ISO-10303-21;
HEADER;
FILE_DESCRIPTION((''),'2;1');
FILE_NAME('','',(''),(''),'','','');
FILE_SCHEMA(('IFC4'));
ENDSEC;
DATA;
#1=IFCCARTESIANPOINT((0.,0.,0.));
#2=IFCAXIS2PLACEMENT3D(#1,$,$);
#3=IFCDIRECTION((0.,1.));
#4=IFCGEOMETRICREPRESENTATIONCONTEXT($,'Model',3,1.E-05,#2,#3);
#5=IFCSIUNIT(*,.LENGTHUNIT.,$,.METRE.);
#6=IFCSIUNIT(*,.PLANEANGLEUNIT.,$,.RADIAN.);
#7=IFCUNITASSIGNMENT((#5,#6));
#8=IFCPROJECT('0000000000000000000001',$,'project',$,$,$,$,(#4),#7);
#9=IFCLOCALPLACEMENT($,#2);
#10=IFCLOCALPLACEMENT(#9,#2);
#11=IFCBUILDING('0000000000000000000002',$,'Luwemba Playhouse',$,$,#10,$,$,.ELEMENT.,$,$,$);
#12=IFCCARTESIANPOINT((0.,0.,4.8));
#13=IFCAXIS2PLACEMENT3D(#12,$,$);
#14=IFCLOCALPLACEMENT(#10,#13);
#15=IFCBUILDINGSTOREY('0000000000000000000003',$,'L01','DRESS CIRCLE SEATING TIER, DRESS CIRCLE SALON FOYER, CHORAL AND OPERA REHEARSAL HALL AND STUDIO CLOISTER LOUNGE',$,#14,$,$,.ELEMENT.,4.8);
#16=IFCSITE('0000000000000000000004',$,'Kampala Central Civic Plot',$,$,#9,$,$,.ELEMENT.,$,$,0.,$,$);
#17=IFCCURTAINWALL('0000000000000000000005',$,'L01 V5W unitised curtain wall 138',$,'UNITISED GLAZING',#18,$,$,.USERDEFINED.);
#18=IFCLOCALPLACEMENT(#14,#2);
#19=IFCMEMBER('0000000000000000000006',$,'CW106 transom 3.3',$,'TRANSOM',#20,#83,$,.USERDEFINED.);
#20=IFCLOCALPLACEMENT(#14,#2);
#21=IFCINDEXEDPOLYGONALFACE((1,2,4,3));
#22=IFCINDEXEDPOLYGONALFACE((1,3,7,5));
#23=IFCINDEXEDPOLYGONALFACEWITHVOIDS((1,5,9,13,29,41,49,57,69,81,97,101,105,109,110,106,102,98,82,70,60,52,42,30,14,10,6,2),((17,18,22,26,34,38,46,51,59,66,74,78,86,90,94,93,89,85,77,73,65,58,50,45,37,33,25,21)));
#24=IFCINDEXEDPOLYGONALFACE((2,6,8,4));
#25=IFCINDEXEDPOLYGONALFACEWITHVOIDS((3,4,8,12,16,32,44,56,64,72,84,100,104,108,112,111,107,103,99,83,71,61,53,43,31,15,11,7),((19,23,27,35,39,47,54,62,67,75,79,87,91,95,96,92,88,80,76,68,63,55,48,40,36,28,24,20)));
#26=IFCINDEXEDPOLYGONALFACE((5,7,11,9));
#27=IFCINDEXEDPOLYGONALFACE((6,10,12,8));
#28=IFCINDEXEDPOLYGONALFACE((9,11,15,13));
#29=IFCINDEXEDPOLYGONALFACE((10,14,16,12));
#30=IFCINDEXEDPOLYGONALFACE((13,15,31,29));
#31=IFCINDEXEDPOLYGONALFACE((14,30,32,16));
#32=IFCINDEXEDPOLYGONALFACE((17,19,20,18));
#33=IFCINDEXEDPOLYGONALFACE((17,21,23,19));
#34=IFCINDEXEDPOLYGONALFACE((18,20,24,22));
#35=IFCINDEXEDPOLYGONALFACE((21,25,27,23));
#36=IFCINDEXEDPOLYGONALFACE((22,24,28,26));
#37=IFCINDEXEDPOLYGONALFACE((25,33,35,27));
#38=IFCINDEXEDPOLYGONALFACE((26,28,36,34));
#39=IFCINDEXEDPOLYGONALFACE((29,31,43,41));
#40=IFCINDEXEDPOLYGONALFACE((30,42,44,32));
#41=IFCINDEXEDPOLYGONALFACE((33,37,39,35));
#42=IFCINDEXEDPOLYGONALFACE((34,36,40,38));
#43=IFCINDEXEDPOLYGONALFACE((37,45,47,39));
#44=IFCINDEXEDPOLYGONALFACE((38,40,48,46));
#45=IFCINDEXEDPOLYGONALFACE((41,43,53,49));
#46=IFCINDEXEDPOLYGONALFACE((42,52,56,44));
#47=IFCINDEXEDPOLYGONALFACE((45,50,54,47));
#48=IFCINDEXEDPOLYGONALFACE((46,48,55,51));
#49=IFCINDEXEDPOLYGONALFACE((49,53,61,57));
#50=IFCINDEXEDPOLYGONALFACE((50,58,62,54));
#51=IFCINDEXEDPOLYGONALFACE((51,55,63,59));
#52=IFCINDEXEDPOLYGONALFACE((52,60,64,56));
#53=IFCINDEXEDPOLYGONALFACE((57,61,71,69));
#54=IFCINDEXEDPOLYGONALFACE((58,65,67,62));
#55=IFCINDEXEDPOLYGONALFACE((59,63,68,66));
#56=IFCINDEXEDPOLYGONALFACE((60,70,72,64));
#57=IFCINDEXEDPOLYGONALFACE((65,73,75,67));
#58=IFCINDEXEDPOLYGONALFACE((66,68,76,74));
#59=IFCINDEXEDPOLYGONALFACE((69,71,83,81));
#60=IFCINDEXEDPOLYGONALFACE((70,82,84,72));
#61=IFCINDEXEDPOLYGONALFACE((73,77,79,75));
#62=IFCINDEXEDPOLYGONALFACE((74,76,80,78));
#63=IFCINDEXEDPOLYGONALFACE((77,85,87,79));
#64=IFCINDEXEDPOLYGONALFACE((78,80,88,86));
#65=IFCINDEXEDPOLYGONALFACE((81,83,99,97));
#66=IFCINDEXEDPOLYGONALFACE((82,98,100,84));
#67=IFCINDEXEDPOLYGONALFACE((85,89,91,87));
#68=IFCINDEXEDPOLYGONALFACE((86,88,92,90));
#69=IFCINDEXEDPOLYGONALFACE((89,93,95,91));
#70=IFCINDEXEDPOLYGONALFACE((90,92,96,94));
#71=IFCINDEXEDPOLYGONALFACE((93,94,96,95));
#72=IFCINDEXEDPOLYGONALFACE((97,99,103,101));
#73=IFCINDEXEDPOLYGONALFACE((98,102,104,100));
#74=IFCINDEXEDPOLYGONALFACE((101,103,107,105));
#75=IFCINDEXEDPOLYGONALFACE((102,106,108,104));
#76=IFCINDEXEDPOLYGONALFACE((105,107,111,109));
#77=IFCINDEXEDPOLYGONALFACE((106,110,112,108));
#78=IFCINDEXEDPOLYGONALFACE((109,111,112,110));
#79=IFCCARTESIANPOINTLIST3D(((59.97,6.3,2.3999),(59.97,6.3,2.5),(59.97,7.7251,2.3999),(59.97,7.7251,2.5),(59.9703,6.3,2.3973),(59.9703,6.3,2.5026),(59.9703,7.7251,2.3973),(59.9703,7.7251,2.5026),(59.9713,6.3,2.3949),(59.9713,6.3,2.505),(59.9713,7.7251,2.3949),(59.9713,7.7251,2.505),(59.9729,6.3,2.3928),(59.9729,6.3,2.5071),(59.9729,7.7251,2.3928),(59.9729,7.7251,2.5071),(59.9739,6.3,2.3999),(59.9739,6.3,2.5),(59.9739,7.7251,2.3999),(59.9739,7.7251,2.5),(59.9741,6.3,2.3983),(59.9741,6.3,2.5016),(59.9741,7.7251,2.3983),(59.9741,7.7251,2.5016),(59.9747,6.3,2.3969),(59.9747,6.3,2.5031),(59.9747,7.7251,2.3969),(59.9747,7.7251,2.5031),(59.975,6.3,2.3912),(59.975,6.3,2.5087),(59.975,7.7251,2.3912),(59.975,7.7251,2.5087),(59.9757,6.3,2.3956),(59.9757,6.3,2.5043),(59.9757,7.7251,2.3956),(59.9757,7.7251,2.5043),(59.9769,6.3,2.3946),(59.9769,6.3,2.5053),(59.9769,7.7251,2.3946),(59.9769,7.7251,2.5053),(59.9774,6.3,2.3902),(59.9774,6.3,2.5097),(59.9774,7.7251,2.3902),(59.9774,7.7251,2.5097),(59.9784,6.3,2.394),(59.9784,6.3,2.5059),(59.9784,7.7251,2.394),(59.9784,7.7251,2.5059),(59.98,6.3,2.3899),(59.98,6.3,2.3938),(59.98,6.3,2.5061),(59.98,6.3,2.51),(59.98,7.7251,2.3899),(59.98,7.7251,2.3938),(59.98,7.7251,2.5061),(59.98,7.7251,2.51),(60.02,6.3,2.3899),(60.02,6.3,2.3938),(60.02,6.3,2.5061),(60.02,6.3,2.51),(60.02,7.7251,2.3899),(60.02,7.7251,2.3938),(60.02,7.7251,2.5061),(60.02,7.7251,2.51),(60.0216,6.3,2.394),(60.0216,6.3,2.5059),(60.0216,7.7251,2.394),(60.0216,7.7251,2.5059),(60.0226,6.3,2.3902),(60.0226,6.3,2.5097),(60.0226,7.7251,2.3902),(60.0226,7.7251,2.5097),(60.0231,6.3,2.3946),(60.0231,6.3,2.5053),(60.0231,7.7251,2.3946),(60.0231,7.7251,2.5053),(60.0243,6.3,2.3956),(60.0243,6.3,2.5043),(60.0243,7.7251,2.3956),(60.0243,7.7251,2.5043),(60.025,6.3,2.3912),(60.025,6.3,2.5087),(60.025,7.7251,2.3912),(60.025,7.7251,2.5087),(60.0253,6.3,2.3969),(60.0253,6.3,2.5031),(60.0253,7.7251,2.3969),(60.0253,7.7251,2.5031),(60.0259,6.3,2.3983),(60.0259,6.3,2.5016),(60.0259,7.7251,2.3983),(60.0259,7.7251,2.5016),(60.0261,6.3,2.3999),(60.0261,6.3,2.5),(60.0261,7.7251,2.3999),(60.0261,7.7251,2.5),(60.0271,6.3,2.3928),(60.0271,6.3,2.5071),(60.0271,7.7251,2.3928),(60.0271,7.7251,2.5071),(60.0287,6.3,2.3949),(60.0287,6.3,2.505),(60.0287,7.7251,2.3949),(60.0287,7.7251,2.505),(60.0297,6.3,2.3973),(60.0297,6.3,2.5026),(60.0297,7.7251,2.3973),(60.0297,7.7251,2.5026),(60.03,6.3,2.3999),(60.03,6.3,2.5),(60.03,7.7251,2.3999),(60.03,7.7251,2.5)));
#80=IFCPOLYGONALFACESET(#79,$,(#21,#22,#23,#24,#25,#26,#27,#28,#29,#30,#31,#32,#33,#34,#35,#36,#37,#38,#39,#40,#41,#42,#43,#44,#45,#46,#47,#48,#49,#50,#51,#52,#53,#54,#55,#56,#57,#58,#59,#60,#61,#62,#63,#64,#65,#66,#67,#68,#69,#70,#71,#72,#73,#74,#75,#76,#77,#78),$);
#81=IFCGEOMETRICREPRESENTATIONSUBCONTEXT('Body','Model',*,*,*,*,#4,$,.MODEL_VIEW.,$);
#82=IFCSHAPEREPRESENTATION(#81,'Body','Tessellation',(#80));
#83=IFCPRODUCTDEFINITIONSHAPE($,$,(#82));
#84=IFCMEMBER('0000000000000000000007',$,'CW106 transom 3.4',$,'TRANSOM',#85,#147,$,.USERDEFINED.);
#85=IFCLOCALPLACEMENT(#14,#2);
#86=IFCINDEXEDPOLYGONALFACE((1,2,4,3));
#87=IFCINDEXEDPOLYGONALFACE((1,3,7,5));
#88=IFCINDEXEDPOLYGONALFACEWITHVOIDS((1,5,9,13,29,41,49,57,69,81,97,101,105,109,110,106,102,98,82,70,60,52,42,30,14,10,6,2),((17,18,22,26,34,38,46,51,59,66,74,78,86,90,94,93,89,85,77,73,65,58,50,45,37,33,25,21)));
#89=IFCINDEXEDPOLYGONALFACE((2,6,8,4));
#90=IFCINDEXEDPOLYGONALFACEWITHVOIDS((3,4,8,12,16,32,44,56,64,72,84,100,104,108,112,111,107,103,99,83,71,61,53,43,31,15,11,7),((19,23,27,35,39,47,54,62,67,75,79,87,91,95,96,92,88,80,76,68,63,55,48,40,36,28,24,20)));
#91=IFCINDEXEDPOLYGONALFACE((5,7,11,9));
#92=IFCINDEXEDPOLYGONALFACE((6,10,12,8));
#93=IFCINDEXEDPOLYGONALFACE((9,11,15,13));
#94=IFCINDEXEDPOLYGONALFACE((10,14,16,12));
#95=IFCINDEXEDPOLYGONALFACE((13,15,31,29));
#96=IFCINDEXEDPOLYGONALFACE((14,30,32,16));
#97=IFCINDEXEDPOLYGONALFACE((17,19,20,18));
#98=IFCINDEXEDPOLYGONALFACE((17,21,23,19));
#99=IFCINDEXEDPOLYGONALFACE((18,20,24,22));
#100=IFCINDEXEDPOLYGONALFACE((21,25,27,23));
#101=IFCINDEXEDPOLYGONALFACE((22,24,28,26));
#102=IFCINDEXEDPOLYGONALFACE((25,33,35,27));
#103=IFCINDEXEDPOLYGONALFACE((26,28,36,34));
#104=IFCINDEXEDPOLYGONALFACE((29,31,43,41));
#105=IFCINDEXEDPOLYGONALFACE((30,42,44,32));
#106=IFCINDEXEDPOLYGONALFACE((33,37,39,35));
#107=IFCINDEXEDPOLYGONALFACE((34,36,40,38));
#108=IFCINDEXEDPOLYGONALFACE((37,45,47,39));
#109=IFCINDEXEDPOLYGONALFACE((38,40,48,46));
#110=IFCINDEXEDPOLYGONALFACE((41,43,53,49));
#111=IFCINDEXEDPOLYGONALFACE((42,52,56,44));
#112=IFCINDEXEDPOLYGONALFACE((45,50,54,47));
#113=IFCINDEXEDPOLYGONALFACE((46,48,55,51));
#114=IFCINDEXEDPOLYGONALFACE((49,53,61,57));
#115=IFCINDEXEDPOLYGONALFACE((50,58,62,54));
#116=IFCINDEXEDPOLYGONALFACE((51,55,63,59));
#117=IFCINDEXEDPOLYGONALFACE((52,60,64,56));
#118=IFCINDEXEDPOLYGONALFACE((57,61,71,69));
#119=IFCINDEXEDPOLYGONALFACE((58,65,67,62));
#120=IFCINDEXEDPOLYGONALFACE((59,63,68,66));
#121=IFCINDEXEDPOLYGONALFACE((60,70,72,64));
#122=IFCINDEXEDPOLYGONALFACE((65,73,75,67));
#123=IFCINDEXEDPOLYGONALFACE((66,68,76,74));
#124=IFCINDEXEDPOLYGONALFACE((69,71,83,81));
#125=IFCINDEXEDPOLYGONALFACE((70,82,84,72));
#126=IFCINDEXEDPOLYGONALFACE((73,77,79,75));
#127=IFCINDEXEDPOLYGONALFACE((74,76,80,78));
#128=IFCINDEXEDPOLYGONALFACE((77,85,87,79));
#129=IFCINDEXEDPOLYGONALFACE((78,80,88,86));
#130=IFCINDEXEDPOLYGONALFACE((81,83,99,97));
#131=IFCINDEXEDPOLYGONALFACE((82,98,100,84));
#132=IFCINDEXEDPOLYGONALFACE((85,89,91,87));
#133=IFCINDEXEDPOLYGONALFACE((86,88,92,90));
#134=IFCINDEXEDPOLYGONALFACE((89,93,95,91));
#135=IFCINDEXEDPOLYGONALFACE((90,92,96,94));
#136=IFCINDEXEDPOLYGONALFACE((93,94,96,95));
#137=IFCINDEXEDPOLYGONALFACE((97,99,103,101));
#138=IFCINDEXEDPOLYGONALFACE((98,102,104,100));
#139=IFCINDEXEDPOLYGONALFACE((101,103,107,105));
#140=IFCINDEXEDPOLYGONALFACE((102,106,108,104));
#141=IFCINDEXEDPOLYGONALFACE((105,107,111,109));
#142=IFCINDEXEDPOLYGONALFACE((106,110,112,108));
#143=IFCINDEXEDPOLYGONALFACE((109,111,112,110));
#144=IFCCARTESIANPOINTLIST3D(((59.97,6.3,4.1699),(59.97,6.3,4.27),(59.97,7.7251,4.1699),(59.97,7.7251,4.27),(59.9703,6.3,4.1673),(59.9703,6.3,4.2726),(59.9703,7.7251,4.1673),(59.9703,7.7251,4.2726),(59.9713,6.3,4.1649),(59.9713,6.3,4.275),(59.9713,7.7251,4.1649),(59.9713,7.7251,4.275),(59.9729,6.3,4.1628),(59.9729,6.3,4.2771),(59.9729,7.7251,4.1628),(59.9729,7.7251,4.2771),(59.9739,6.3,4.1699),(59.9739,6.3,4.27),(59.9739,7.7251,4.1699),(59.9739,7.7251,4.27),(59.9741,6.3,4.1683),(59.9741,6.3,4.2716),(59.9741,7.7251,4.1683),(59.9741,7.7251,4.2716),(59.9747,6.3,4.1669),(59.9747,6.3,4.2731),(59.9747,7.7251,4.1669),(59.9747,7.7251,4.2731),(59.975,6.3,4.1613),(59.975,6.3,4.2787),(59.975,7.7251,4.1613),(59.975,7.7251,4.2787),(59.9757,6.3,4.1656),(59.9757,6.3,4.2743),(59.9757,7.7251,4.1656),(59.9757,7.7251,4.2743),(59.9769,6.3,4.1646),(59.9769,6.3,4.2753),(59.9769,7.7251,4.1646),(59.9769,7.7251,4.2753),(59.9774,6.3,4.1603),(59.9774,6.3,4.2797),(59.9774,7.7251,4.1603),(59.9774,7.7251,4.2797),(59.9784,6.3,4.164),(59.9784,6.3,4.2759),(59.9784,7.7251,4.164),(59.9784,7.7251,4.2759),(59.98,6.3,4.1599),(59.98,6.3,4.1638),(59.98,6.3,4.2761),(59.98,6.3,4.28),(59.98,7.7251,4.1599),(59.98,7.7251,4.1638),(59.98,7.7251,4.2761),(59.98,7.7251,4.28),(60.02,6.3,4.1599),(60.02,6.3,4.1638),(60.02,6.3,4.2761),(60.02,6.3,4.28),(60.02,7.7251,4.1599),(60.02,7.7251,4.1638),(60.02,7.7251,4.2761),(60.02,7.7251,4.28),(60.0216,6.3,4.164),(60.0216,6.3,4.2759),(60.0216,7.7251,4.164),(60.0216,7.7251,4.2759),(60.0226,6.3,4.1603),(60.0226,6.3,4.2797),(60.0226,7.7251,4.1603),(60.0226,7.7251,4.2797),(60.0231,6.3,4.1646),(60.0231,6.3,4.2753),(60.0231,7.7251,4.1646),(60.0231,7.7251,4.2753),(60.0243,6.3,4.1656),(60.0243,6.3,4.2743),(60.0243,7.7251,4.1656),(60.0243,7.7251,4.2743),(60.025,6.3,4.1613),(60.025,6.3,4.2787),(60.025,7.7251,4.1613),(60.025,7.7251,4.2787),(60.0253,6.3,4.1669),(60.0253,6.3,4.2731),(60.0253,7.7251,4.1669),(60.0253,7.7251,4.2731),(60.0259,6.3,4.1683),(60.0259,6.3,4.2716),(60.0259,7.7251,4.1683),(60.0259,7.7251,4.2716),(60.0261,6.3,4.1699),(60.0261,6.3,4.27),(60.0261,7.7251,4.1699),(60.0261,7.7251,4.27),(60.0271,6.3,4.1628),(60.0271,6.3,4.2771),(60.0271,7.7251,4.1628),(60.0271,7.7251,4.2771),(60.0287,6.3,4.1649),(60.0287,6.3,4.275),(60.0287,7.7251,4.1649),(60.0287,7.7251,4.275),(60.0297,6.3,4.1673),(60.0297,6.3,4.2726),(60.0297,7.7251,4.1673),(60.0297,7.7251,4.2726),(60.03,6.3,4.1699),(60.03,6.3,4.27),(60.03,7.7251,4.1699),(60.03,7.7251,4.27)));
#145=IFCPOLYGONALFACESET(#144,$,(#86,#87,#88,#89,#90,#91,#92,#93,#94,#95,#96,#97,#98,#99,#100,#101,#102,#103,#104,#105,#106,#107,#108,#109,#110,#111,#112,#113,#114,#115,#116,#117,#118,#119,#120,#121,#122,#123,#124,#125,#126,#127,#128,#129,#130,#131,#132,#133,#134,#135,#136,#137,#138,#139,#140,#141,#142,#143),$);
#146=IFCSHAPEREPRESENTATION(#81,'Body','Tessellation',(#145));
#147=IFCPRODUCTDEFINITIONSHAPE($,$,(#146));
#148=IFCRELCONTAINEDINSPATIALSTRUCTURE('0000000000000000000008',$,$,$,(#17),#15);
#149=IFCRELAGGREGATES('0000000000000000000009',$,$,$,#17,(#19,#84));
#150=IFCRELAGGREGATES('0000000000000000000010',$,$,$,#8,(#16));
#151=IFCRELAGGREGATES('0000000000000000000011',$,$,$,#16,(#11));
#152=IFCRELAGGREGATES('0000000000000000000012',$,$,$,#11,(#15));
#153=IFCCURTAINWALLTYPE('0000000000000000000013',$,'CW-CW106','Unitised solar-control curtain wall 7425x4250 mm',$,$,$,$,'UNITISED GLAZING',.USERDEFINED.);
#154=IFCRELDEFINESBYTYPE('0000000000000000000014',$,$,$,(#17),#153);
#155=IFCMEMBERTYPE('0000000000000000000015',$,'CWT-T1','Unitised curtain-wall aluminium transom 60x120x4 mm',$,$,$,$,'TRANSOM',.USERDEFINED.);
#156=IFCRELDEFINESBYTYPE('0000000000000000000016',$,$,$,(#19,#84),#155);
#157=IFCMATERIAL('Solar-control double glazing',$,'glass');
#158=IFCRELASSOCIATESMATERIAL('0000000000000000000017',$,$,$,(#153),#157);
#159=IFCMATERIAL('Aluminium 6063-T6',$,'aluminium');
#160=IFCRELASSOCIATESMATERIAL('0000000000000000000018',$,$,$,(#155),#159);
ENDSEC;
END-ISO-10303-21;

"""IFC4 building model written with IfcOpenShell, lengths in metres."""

from ifc_helpers import new_model, si_unit, direction, frame, origin, origin_2d, place, context, subcontext, project, spatial, hollow_rectangle, extrude, material, material_profile, profile_set, type_object, element, aggregate, save


model = new_model("IFC4")

# Units and contexts
model_context = context("Model", 3, precision=1e-05, world=origin(), true_north=direction((0.0, 1.0)))
body_context = subcontext(model_context, "Body", "Model", "MODEL_VIEW")
ifc_project = project(units=[si_unit("LENGTHUNIT", "METRE"), si_unit("PLANEANGLEUNIT", "RADIAN")], contexts=[model_context])

# Site, building, storey
site_placement = place(None, origin())
site = spatial("IfcSite", under=ifc_project, at=site_placement, Name="Kampala Central Civic Plot", CompositionType="ELEMENT", RefElevation=0.0)
building_placement = place(site_placement, origin())
building = spatial("IfcBuilding", under=site, at=building_placement, Name="Luwemba Playhouse", CompositionType="ELEMENT")
storey_placement = place(building_placement, frame((0.0, 0.0, 4.8)))
storey = spatial("IfcBuildingStorey", under=building, at=storey_placement, Name="L01", Description="DRESS CIRCLE SEATING TIER, DRESS CIRCLE SALON FOYER, CHORAL AND OPERA REHEARSAL HALL AND STUDIO CLOISTER LOUNGE", CompositionType="ELEMENT", Elevation=4.8)

# Curtain wall, members
ifc_material_1 = material(Name="Solar-control double glazing", Category="glass")
curtain_wall_type = type_object("IfcCurtainWallType", Name="CW-CW106", Description="Unitised solar-control curtain wall 7425x4250 mm", ElementType="UNITISED GLAZING", PredefinedType="USERDEFINED", material=ifc_material_1)
curtain_wall_placement = place(storey_placement, origin())
curtain_wall = element("IfcCurtainWall", 1, at=curtain_wall_placement, inside=storey, type_object=curtain_wall_type, Name="L01 V5W unitised curtain wall 138", ObjectType="UNITISED GLAZING", PredefinedType="USERDEFINED")
ifc_material_2 = material(Name="Aluminium 6063-T6", Category="aluminium")
ifc_material_profile_1 = material_profile(ifc_material_2, hollow_rectangle(XDim=0.0601, YDim=0.1201, WallThickness=0.0039, InnerFilletRadius=0.0061, OuterFilletRadius=0.01, at=origin_2d()))
ifc_profile_set_1 = profile_set([ifc_material_profile_1], Name="Aluminium 6063-T6")
member_type_1 = type_object("IfcMemberType", Name="CWT-T1", Description="Unitised curtain-wall aluminium transom 60x120x4 mm", ElementType="TRANSOM", PredefinedType="USERDEFINED", material=ifc_profile_set_1)
member_1_placement = place(storey_placement, frame((60.0, 7.7251, 2.45), z_axis=(0.0, -1.0, 0.0), x_axis=(1.0, 0.0, 0.0)))
member_1 = element("IfcMember", 2, at=member_1_placement, type_object=member_type_1, Name="CW106 transom 3.3", ObjectType="TRANSOM", PredefinedType="USERDEFINED", context=body_context, shape_type="SweptSolid", body=[
    extrude(hollow_rectangle(XDim=0.0601, YDim=0.1201, WallThickness=0.0039, InnerFilletRadius=0.0061, OuterFilletRadius=0.01, at=origin_2d()), origin(), (0.0, 0.0, 1.0), 1.425),
])
member_2_placement = place(storey_placement, frame((60.0, 7.7251, 4.22), z_axis=(0.0, -1.0, 0.0), x_axis=(1.0, 0.0, 0.0)))
member_2 = element("IfcMember", 3, at=member_2_placement, type_object=member_type_1, Name="CW106 transom 3.4", ObjectType="TRANSOM", PredefinedType="USERDEFINED", context=body_context, shape_type="SweptSolid", body=[
    extrude(hollow_rectangle(XDim=0.0601, YDim=0.1201, WallThickness=0.0039, InnerFilletRadius=0.0061, OuterFilletRadius=0.01, at=origin_2d()), origin(), (0.0, 0.0, 1.0), 1.425),
])
aggregate(curtain_wall, [member_1, member_2])

save(model, "model.ifc")
